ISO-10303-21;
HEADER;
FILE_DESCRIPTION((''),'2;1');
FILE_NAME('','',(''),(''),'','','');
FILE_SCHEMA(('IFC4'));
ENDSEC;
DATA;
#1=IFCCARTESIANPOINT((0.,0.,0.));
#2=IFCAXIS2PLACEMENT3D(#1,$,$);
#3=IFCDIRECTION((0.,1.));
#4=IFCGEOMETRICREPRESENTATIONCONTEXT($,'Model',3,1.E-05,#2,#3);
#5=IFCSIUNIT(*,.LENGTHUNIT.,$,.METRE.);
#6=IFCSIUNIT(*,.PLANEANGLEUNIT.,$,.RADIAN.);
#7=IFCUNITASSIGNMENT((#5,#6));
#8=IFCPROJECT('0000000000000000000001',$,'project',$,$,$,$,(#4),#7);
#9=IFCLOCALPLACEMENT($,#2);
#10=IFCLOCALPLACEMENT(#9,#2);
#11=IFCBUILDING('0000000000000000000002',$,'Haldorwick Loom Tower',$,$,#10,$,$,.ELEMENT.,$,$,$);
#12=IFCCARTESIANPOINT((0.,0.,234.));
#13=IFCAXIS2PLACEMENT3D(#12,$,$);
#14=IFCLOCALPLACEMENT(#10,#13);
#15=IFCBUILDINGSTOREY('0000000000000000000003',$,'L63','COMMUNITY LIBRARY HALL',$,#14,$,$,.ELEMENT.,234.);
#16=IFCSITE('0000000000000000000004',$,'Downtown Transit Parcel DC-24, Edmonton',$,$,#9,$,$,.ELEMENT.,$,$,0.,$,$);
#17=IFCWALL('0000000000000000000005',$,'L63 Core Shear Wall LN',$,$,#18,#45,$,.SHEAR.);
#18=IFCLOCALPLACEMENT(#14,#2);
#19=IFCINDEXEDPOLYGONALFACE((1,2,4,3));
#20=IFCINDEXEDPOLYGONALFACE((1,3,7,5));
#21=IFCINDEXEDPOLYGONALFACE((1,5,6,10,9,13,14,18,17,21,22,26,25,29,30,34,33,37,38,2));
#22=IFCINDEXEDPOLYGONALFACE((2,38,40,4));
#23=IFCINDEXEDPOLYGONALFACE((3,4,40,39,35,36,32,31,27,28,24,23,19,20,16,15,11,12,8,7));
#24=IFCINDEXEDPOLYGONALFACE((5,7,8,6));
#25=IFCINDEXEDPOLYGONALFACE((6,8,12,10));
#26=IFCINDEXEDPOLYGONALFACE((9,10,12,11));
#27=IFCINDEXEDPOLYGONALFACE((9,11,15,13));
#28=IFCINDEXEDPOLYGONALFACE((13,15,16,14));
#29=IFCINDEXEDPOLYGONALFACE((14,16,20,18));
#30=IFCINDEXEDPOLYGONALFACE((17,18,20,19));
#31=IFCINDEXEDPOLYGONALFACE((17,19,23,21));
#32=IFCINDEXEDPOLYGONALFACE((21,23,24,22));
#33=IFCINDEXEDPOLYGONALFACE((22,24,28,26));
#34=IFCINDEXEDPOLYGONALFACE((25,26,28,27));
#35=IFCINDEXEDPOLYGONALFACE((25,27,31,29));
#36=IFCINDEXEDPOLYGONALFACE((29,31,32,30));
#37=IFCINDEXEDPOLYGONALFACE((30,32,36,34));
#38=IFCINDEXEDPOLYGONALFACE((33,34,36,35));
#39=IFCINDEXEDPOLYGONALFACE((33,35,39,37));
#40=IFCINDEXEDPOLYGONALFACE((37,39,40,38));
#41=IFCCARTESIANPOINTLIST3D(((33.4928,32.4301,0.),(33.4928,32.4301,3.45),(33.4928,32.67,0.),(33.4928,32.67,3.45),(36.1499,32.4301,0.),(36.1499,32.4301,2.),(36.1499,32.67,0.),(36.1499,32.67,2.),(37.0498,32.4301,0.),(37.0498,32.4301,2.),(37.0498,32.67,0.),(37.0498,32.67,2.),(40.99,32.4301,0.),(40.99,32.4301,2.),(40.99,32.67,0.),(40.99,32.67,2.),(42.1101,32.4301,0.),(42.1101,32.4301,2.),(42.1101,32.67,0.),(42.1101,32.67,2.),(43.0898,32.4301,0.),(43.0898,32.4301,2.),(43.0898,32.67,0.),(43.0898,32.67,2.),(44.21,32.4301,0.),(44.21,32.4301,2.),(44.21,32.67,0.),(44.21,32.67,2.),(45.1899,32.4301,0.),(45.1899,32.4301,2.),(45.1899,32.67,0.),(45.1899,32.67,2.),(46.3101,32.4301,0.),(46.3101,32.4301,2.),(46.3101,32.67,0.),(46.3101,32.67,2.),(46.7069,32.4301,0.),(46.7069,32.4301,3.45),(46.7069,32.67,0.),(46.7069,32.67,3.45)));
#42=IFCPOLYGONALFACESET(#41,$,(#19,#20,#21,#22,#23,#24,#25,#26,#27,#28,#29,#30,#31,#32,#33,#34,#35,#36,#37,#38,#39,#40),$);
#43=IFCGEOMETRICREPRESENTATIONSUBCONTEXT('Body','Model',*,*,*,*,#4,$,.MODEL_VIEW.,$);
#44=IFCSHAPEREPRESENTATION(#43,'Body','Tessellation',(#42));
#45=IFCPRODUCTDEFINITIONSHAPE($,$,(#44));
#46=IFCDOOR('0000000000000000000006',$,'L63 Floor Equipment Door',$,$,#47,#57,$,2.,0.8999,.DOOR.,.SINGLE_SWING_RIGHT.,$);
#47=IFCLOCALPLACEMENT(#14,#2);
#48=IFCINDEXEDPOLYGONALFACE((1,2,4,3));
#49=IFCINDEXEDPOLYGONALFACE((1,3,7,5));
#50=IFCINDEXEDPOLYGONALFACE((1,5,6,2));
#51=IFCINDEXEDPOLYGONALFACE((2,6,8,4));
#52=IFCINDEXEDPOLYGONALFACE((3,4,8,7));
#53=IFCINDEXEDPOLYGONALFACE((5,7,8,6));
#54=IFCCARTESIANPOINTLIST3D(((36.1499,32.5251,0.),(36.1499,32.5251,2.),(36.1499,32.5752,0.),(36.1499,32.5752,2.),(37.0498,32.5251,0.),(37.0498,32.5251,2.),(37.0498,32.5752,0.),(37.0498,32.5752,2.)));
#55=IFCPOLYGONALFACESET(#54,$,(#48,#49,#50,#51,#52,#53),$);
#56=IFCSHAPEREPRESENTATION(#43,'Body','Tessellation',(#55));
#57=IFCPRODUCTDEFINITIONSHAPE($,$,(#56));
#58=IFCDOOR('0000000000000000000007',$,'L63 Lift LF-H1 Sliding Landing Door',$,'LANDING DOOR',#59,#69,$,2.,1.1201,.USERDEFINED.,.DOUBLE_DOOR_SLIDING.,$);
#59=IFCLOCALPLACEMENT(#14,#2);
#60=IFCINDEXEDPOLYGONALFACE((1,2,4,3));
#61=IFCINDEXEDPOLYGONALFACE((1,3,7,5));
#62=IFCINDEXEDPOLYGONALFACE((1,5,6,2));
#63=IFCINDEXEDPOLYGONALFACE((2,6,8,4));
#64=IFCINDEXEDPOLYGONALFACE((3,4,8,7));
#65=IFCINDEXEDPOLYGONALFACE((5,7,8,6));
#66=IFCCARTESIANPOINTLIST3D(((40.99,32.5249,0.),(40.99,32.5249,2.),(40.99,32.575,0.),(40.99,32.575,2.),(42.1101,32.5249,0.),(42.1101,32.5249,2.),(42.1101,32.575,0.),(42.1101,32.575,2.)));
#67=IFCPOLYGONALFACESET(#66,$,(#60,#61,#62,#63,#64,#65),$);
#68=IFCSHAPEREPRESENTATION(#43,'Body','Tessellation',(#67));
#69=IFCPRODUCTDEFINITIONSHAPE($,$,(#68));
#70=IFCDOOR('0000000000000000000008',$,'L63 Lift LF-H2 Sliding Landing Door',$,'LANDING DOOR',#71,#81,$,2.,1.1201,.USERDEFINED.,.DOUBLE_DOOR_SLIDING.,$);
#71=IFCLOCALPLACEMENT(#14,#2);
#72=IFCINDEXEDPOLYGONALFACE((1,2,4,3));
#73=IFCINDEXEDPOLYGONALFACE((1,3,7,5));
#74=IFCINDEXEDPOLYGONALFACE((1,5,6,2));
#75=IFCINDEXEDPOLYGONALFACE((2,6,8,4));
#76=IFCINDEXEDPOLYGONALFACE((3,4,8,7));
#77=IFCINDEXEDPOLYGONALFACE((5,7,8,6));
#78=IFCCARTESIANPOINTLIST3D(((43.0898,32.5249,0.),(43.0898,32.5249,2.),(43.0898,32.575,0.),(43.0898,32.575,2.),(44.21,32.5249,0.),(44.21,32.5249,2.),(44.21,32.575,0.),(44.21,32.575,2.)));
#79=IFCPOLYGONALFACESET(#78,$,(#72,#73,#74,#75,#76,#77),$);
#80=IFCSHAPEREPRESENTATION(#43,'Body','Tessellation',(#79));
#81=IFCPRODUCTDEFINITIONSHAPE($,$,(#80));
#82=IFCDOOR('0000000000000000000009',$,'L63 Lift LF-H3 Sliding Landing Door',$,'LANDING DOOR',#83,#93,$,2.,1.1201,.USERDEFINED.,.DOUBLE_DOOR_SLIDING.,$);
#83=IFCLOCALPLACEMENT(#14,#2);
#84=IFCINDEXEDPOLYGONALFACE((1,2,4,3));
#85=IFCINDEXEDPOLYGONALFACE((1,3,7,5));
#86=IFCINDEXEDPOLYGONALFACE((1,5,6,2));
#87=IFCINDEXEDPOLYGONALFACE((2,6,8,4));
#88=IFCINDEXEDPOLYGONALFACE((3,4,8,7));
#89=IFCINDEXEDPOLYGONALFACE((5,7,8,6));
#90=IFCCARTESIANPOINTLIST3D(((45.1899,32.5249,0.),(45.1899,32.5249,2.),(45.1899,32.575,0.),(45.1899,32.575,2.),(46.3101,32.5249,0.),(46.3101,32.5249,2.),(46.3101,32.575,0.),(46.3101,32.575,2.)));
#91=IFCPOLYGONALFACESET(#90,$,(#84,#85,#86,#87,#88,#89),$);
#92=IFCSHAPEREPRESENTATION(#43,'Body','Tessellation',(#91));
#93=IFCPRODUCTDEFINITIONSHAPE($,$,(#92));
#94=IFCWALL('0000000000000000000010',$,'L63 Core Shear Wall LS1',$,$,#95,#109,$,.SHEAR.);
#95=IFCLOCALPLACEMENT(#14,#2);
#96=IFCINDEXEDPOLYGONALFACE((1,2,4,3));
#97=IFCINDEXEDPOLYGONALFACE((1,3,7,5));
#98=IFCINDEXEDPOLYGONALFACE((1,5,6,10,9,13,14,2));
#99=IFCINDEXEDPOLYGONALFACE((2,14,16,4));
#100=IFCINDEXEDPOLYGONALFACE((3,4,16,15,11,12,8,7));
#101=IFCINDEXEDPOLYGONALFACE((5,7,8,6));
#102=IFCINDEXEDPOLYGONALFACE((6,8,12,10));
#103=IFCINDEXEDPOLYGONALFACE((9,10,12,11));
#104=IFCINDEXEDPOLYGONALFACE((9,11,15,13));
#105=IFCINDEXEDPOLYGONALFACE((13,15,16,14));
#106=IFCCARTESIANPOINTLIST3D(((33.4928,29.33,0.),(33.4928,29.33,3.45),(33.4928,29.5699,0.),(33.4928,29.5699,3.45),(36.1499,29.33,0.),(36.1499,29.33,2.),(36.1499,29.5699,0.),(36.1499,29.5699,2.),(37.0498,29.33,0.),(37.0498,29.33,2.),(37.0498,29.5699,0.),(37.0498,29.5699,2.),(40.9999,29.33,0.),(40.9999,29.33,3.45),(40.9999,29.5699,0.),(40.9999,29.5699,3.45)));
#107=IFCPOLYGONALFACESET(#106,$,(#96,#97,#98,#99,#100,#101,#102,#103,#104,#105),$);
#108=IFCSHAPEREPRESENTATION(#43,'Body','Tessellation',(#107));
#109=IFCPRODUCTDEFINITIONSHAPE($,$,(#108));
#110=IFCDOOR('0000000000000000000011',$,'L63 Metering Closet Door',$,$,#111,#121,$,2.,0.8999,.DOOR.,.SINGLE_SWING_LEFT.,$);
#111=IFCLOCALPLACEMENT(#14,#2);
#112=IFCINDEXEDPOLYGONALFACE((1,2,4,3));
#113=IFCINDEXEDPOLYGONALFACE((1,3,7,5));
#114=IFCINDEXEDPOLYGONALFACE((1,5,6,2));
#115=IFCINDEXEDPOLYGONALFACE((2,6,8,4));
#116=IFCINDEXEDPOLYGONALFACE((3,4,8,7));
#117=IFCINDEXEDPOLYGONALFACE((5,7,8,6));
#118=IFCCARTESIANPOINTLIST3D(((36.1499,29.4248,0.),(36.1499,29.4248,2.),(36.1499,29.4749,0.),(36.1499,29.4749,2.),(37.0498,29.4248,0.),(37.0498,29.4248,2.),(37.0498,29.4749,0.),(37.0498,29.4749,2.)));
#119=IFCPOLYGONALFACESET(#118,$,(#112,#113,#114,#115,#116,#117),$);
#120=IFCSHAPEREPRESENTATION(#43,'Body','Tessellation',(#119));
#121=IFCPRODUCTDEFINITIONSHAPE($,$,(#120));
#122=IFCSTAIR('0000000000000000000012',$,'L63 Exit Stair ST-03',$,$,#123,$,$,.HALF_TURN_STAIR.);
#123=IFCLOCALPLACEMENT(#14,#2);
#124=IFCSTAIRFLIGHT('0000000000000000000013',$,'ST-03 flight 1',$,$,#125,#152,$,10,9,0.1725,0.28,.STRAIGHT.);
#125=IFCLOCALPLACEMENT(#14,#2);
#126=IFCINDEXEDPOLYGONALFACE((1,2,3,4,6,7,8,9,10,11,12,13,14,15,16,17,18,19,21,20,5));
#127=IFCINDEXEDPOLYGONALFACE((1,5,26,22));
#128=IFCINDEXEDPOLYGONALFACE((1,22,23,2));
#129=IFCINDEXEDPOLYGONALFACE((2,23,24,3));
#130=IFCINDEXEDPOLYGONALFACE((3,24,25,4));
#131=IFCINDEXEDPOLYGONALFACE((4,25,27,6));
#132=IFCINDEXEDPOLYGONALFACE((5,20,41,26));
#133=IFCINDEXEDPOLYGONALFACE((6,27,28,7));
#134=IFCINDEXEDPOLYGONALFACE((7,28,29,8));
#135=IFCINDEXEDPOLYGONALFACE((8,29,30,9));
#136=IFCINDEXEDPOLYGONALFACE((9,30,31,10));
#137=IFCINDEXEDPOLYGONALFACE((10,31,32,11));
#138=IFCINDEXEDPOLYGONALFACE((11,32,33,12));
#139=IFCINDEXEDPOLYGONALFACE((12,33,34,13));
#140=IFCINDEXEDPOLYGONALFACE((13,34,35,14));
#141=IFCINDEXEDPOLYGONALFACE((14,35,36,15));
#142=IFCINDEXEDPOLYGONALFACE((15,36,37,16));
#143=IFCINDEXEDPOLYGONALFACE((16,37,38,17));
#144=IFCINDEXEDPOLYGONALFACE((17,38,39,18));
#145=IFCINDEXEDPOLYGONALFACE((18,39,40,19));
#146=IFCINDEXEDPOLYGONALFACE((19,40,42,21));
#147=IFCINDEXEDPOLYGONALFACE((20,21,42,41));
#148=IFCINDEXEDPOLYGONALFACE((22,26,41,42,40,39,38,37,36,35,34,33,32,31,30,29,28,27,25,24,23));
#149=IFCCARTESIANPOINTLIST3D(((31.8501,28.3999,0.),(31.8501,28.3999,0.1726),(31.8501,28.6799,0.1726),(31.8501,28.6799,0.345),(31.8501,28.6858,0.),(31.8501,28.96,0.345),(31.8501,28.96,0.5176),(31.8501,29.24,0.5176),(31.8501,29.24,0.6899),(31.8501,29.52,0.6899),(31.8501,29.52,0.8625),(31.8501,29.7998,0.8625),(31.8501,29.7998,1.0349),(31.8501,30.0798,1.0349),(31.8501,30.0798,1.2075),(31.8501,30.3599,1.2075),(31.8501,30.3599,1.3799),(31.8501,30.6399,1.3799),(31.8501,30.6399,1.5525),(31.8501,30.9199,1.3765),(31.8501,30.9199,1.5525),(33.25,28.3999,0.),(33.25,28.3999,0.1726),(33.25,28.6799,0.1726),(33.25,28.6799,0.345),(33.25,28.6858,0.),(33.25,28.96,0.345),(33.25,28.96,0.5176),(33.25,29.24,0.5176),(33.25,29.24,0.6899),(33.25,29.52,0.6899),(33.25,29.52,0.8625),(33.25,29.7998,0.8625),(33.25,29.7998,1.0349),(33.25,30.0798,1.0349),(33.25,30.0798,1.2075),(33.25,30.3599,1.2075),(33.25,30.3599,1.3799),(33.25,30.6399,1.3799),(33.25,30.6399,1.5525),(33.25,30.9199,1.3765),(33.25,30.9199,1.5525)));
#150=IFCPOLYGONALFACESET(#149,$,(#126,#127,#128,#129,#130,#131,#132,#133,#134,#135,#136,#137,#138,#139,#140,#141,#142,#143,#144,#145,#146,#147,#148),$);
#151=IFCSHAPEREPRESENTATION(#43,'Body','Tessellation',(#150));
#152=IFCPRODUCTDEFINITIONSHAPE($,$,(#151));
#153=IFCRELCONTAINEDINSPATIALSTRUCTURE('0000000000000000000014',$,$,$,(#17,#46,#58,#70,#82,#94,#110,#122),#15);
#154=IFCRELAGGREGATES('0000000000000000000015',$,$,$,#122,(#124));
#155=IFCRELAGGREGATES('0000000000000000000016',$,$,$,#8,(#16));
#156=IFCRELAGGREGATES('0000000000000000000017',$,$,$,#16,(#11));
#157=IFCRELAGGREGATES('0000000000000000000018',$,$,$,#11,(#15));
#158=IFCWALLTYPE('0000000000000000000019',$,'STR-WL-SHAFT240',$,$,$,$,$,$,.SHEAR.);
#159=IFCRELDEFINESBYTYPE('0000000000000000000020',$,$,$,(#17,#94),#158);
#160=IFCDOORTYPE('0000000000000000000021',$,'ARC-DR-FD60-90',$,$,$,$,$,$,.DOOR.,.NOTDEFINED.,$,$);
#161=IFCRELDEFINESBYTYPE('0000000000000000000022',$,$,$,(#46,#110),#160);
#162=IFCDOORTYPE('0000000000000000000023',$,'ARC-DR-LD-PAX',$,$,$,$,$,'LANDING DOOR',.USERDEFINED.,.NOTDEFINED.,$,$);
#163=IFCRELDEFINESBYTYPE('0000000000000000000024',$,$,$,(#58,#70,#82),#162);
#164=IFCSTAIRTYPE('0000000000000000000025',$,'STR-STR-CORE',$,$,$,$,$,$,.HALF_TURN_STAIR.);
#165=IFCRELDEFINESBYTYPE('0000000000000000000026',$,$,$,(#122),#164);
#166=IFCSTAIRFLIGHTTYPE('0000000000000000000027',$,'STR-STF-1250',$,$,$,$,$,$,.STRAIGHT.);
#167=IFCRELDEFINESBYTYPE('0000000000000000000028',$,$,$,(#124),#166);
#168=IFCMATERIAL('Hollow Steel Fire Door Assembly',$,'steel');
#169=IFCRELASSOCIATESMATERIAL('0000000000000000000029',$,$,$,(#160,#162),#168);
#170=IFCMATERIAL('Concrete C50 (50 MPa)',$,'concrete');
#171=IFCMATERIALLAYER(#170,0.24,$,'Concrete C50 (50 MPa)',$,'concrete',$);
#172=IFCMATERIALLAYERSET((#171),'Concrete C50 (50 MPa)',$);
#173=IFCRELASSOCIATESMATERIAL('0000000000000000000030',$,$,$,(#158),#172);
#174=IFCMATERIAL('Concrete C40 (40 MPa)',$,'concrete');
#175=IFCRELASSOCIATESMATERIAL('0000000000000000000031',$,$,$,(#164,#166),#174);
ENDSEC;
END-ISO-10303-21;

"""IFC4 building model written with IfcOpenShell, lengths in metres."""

from ifc_helpers import new_model, si_unit, direction, frame, frame_2d, origin, place, context, subcontext, project, spatial, polyline, rectangle, outline, extrude, material, layer, layer_set, type_object, element, fill, aggregate, save


model = new_model("IFC4")

# Units and contexts
model_context = context("Model", 3, precision=1e-05, world=origin(), true_north=direction((0.0, 1.0)))
body_context = subcontext(model_context, "Body", "Model", "MODEL_VIEW")
ifc_project = project(units=[si_unit("LENGTHUNIT", "METRE"), si_unit("PLANEANGLEUNIT", "RADIAN")], contexts=[model_context])

# Site, building, storey
site_placement = place(None, origin())
site = spatial("IfcSite", under=ifc_project, at=site_placement, Name="Downtown Transit Parcel DC-24, Edmonton", CompositionType="ELEMENT", RefElevation=0.0)
building_placement = place(site_placement, origin())
building = spatial("IfcBuilding", under=site, at=building_placement, Name="Haldorwick Loom Tower", CompositionType="ELEMENT")
storey_placement = place(building_placement, frame((0.0, 0.0, 234.0)))
storey = spatial("IfcBuildingStorey", under=building, at=storey_placement, Name="L63", Description="COMMUNITY LIBRARY HALL", CompositionType="ELEMENT", Elevation=234.0)

# Shared definitions
ifc_material_1 = material(Name="Hollow Steel Fire Door Assembly", Category="steel")
door_type_1 = type_object("IfcDoorType", Name="ARC-DR-FD60-90", OperationType="NOTDEFINED", PredefinedType="DOOR", material=ifc_material_1)

# Shared definitions
ifc_material_2 = material(Name="Concrete C50 (50 MPa)", Category="concrete")
ifc_layer_1 = layer(ifc_material_2, 0.24, Name="Concrete C50 (50 MPa)", Category="concrete")
ifc_layer_set_1 = layer_set([ifc_layer_1], Name="Concrete C50 (50 MPa)")
wall_type_1 = type_object("IfcWallType", Name="STR-WL-SHAFT240", PredefinedType="SHEAR", material=ifc_layer_set_1)

# Wall, openings, doors
wall_1_placement = place(storey_placement, frame((33.4929, 32.55, 0.0), z_axis=(0.0, 0.0, 1.0), x_axis=(1.0, 0.0, 0.0)))
wall_1 = element("IfcWall", 1, at=wall_1_placement, inside=storey, type_object=wall_type_1, Name="L63 Core Shear Wall LN", PredefinedType="SHEAR", context=body_context, shape_type="SweptSolid", body=[
    extrude(rectangle(XDim=13.2141, YDim=0.24, at=frame_2d((6.6069, 0.0))), origin(), (0.0, 0.0, 1.0), 3.45),
])
opening_1_placement = place(wall_1_placement, frame((2.657, 0.0, 0.0)))
opening_1 = element("IfcOpeningElement", 2, at=opening_1_placement, cuts=wall_1, PredefinedType="OPENING", context=body_context, shape_type="SweptSolid", body=[
    extrude(rectangle(XDim=0.8999, YDim=2.0, at=frame_2d((0.45, 1.0))), frame((0.0, 0.1299, 0.0), z_axis=(0.0, -1.0, 0.0), x_axis=(1.0, 0.0, 0.0)), (0.0, 0.0, 1.0), 0.26),
])
opening_2_placement = place(wall_1_placement, frame((7.4971, 0.0, 0.0)))
opening_2 = element("IfcOpeningElement", 3, at=opening_2_placement, cuts=wall_1, PredefinedType="OPENING", context=body_context, shape_type="SweptSolid", body=[
    extrude(rectangle(XDim=1.1201, YDim=2.0, at=frame_2d((0.5601, 1.0))), frame((0.0, 0.1299, 0.0), z_axis=(0.0, -1.0, 0.0), x_axis=(1.0, 0.0, 0.0)), (0.0, 0.0, 1.0), 0.26),
])
opening_3_placement = place(wall_1_placement, frame((9.5969, 0.0, 0.0)))
opening_3 = element("IfcOpeningElement", 4, at=opening_3_placement, cuts=wall_1, PredefinedType="OPENING", context=body_context, shape_type="SweptSolid", body=[
    extrude(rectangle(XDim=1.1201, YDim=2.0, at=frame_2d((0.5601, 1.0))), frame((0.0, 0.1299, 0.0), z_axis=(0.0, -1.0, 0.0), x_axis=(1.0, 0.0, 0.0)), (0.0, 0.0, 1.0), 0.26),
])
opening_4_placement = place(wall_1_placement, frame((11.697, 0.0, 0.0)))
opening_4 = element("IfcOpeningElement", 5, at=opening_4_placement, cuts=wall_1, PredefinedType="OPENING", context=body_context, shape_type="SweptSolid", body=[
    extrude(rectangle(XDim=1.1201, YDim=2.0, at=frame_2d((0.5601, 1.0))), frame((0.0, 0.1299, 0.0), z_axis=(0.0, -1.0, 0.0), x_axis=(1.0, 0.0, 0.0)), (0.0, 0.0, 1.0), 0.26),
])
door_1_placement = place(opening_1_placement, frame((0.8999, 0.0, 0.0), z_axis=(0.0, 0.0, 1.0), x_axis=(-1.0, 0.0, 0.0)))
door_1 = element("IfcDoor", 6, at=door_1_placement, inside=storey, type_object=door_type_1, Name="L63 Floor Equipment Door", OperationType="SINGLE_SWING_RIGHT", OverallHeight=2.0, OverallWidth=0.8999, PredefinedType="DOOR", context=body_context, shape_type="SweptSolid", body=[
    extrude(rectangle(XDim=0.8999, YDim=2.0, at=frame_2d((0.45, 1.0))), frame((0.0, 0.0249, 0.0), z_axis=(0.0, -1.0, 0.0), x_axis=(1.0, 0.0, 0.0)), (0.0, 0.0, 1.0), 0.05),
])
fill(opening_1, door_1)
door_type_2 = type_object("IfcDoorType", Name="ARC-DR-LD-PAX", ElementType="LANDING DOOR", OperationType="NOTDEFINED", PredefinedType="USERDEFINED", material=ifc_material_1)
door_2_placement = place(opening_2_placement, origin())
door_2 = element("IfcDoor", 7, at=door_2_placement, inside=storey, type_object=door_type_2, Name="L63 Lift LF-H1 Sliding Landing Door", ObjectType="LANDING DOOR", OperationType="DOUBLE_DOOR_SLIDING", OverallHeight=2.0, OverallWidth=1.1201, PredefinedType="USERDEFINED", context=body_context, shape_type="SweptSolid", body=[
    extrude(rectangle(XDim=1.1201, YDim=2.0, at=frame_2d((0.5601, 1.0))), frame((0.0, 0.0249, 0.0), z_axis=(0.0, -1.0, 0.0), x_axis=(1.0, 0.0, 0.0)), (0.0, 0.0, 1.0), 0.05),
])
fill(opening_2, door_2)
door_3_placement = place(opening_3_placement, origin())
door_3 = element("IfcDoor", 8, at=door_3_placement, inside=storey, type_object=door_type_2, Name="L63 Lift LF-H2 Sliding Landing Door", ObjectType="LANDING DOOR", OperationType="DOUBLE_DOOR_SLIDING", OverallHeight=2.0, OverallWidth=1.1201, PredefinedType="USERDEFINED", context=body_context, shape_type="SweptSolid", body=[
    extrude(rectangle(XDim=1.1201, YDim=2.0, at=frame_2d((0.5601, 1.0))), frame((0.0, 0.0249, 0.0), z_axis=(0.0, -1.0, 0.0), x_axis=(1.0, 0.0, 0.0)), (0.0, 0.0, 1.0), 0.05),
])
fill(opening_3, door_3)
door_4_placement = place(opening_4_placement, origin())
door_4 = element("IfcDoor", 9, at=door_4_placement, inside=storey, type_object=door_type_2, Name="L63 Lift LF-H3 Sliding Landing Door", ObjectType="LANDING DOOR", OperationType="DOUBLE_DOOR_SLIDING", OverallHeight=2.0, OverallWidth=1.1201, PredefinedType="USERDEFINED", context=body_context, shape_type="SweptSolid", body=[
    extrude(rectangle(XDim=1.1201, YDim=2.0, at=frame_2d((0.5601, 1.0))), frame((0.0, 0.0249, 0.0), z_axis=(0.0, -1.0, 0.0), x_axis=(1.0, 0.0, 0.0)), (0.0, 0.0, 1.0), 0.05),
])
fill(opening_4, door_4)

# Wall, opening, door
wall_2_placement = place(storey_placement, frame((33.4929, 29.45, 0.0), z_axis=(0.0, 0.0, 1.0), x_axis=(1.0, 0.0, 0.0)))
wall_2 = element("IfcWall", 10, at=wall_2_placement, inside=storey, type_object=wall_type_1, Name="L63 Core Shear Wall LS1", PredefinedType="SHEAR", context=body_context, shape_type="SweptSolid", body=[
    extrude(rectangle(XDim=7.5071, YDim=0.24, at=frame_2d((3.7534, 0.0))), origin(), (0.0, 0.0, 1.0), 3.45),
])
opening_5_placement = place(wall_2_placement, frame((2.657, 0.0, 0.0)))
opening_5 = element("IfcOpeningElement", 11, at=opening_5_placement, cuts=wall_2, PredefinedType="OPENING", context=body_context, shape_type="SweptSolid", body=[
    extrude(rectangle(XDim=0.8999, YDim=2.0, at=frame_2d((0.45, 1.0))), frame((0.0, 0.1299, 0.0), z_axis=(0.0, -1.0, 0.0), x_axis=(1.0, 0.0, 0.0)), (0.0, 0.0, 1.0), 0.26),
])
door_5_placement = place(opening_5_placement, origin())
door_5 = element("IfcDoor", 12, at=door_5_placement, inside=storey, type_object=door_type_1, Name="L63 Metering Closet Door", OperationType="SINGLE_SWING_LEFT", OverallHeight=2.0, OverallWidth=0.8999, PredefinedType="DOOR", context=body_context, shape_type="SweptSolid", body=[
    extrude(rectangle(XDim=0.8999, YDim=2.0, at=frame_2d((0.45, 1.0))), frame((0.0, 0.0249, 0.0), z_axis=(0.0, -1.0, 0.0), x_axis=(1.0, 0.0, 0.0)), (0.0, 0.0, 1.0), 0.05),
])
fill(opening_5, door_5)

# Stair, stair flight
ifc_material_3 = material(Name="Concrete C40 (40 MPa)", Category="concrete")
stair_type = type_object("IfcStairType", Name="STR-STR-CORE", PredefinedType="HALF_TURN_STAIR", material=ifc_material_3)
stair_placement = place(storey_placement, origin())
stair = element("IfcStair", 13, at=stair_placement, inside=storey, type_object=stair_type, Name="L63 Exit Stair ST-03", PredefinedType="HALF_TURN_STAIR")
stair_flight_type = type_object("IfcStairFlightType", Name="STR-STF-1250", PredefinedType="STRAIGHT", material=ifc_material_3)
stair_flight_1_placement = place(storey_placement, frame((32.55, 28.3999, 0.0), z_axis=(0.0, 0.0, 1.0), x_axis=(0.0, 1.0, 0.0)))
stair_flight_1 = element("IfcStairFlight", 14, at=stair_flight_1_placement, type_object=stair_flight_type, Name="ST-03 flight 1", NumberOfRisers=10, NumberOfTreads=9, PredefinedType="STRAIGHT", RiserHeight=0.1725, TreadLength=0.28, context=body_context, shape_type="SweptSolid", body=[
    extrude(outline(polyline([(0.0, 0.0), (0.0, 0.1726), (0.28, 0.1726), (0.28, 0.345), (0.5601, 0.345), (0.5601, 0.5176), (0.8401, 0.5176), (0.8401, 0.6899), (1.1201, 0.6899), (1.1201, 0.8625), (1.3999, 0.8625), (1.3999, 1.0349), (1.6799, 1.0349), (1.6799, 1.2075), (1.96, 1.2075), (1.96, 1.3799), (2.24, 1.3799), (2.24, 1.5525), (2.52, 1.5525), (2.52, 1.7251), (2.52, 1.3765), (0.2859, 0.0), (0.0, 0.0)])), frame((0.0, 0.7, 0.0), z_axis=(0.0, -1.0, 0.0), x_axis=(1.0, 0.0, 0.0)), (0.0, 0.0, 1.0), 1.3999),
])
aggregate(stair, [stair_flight_1])

save(model, "model.ifc")
